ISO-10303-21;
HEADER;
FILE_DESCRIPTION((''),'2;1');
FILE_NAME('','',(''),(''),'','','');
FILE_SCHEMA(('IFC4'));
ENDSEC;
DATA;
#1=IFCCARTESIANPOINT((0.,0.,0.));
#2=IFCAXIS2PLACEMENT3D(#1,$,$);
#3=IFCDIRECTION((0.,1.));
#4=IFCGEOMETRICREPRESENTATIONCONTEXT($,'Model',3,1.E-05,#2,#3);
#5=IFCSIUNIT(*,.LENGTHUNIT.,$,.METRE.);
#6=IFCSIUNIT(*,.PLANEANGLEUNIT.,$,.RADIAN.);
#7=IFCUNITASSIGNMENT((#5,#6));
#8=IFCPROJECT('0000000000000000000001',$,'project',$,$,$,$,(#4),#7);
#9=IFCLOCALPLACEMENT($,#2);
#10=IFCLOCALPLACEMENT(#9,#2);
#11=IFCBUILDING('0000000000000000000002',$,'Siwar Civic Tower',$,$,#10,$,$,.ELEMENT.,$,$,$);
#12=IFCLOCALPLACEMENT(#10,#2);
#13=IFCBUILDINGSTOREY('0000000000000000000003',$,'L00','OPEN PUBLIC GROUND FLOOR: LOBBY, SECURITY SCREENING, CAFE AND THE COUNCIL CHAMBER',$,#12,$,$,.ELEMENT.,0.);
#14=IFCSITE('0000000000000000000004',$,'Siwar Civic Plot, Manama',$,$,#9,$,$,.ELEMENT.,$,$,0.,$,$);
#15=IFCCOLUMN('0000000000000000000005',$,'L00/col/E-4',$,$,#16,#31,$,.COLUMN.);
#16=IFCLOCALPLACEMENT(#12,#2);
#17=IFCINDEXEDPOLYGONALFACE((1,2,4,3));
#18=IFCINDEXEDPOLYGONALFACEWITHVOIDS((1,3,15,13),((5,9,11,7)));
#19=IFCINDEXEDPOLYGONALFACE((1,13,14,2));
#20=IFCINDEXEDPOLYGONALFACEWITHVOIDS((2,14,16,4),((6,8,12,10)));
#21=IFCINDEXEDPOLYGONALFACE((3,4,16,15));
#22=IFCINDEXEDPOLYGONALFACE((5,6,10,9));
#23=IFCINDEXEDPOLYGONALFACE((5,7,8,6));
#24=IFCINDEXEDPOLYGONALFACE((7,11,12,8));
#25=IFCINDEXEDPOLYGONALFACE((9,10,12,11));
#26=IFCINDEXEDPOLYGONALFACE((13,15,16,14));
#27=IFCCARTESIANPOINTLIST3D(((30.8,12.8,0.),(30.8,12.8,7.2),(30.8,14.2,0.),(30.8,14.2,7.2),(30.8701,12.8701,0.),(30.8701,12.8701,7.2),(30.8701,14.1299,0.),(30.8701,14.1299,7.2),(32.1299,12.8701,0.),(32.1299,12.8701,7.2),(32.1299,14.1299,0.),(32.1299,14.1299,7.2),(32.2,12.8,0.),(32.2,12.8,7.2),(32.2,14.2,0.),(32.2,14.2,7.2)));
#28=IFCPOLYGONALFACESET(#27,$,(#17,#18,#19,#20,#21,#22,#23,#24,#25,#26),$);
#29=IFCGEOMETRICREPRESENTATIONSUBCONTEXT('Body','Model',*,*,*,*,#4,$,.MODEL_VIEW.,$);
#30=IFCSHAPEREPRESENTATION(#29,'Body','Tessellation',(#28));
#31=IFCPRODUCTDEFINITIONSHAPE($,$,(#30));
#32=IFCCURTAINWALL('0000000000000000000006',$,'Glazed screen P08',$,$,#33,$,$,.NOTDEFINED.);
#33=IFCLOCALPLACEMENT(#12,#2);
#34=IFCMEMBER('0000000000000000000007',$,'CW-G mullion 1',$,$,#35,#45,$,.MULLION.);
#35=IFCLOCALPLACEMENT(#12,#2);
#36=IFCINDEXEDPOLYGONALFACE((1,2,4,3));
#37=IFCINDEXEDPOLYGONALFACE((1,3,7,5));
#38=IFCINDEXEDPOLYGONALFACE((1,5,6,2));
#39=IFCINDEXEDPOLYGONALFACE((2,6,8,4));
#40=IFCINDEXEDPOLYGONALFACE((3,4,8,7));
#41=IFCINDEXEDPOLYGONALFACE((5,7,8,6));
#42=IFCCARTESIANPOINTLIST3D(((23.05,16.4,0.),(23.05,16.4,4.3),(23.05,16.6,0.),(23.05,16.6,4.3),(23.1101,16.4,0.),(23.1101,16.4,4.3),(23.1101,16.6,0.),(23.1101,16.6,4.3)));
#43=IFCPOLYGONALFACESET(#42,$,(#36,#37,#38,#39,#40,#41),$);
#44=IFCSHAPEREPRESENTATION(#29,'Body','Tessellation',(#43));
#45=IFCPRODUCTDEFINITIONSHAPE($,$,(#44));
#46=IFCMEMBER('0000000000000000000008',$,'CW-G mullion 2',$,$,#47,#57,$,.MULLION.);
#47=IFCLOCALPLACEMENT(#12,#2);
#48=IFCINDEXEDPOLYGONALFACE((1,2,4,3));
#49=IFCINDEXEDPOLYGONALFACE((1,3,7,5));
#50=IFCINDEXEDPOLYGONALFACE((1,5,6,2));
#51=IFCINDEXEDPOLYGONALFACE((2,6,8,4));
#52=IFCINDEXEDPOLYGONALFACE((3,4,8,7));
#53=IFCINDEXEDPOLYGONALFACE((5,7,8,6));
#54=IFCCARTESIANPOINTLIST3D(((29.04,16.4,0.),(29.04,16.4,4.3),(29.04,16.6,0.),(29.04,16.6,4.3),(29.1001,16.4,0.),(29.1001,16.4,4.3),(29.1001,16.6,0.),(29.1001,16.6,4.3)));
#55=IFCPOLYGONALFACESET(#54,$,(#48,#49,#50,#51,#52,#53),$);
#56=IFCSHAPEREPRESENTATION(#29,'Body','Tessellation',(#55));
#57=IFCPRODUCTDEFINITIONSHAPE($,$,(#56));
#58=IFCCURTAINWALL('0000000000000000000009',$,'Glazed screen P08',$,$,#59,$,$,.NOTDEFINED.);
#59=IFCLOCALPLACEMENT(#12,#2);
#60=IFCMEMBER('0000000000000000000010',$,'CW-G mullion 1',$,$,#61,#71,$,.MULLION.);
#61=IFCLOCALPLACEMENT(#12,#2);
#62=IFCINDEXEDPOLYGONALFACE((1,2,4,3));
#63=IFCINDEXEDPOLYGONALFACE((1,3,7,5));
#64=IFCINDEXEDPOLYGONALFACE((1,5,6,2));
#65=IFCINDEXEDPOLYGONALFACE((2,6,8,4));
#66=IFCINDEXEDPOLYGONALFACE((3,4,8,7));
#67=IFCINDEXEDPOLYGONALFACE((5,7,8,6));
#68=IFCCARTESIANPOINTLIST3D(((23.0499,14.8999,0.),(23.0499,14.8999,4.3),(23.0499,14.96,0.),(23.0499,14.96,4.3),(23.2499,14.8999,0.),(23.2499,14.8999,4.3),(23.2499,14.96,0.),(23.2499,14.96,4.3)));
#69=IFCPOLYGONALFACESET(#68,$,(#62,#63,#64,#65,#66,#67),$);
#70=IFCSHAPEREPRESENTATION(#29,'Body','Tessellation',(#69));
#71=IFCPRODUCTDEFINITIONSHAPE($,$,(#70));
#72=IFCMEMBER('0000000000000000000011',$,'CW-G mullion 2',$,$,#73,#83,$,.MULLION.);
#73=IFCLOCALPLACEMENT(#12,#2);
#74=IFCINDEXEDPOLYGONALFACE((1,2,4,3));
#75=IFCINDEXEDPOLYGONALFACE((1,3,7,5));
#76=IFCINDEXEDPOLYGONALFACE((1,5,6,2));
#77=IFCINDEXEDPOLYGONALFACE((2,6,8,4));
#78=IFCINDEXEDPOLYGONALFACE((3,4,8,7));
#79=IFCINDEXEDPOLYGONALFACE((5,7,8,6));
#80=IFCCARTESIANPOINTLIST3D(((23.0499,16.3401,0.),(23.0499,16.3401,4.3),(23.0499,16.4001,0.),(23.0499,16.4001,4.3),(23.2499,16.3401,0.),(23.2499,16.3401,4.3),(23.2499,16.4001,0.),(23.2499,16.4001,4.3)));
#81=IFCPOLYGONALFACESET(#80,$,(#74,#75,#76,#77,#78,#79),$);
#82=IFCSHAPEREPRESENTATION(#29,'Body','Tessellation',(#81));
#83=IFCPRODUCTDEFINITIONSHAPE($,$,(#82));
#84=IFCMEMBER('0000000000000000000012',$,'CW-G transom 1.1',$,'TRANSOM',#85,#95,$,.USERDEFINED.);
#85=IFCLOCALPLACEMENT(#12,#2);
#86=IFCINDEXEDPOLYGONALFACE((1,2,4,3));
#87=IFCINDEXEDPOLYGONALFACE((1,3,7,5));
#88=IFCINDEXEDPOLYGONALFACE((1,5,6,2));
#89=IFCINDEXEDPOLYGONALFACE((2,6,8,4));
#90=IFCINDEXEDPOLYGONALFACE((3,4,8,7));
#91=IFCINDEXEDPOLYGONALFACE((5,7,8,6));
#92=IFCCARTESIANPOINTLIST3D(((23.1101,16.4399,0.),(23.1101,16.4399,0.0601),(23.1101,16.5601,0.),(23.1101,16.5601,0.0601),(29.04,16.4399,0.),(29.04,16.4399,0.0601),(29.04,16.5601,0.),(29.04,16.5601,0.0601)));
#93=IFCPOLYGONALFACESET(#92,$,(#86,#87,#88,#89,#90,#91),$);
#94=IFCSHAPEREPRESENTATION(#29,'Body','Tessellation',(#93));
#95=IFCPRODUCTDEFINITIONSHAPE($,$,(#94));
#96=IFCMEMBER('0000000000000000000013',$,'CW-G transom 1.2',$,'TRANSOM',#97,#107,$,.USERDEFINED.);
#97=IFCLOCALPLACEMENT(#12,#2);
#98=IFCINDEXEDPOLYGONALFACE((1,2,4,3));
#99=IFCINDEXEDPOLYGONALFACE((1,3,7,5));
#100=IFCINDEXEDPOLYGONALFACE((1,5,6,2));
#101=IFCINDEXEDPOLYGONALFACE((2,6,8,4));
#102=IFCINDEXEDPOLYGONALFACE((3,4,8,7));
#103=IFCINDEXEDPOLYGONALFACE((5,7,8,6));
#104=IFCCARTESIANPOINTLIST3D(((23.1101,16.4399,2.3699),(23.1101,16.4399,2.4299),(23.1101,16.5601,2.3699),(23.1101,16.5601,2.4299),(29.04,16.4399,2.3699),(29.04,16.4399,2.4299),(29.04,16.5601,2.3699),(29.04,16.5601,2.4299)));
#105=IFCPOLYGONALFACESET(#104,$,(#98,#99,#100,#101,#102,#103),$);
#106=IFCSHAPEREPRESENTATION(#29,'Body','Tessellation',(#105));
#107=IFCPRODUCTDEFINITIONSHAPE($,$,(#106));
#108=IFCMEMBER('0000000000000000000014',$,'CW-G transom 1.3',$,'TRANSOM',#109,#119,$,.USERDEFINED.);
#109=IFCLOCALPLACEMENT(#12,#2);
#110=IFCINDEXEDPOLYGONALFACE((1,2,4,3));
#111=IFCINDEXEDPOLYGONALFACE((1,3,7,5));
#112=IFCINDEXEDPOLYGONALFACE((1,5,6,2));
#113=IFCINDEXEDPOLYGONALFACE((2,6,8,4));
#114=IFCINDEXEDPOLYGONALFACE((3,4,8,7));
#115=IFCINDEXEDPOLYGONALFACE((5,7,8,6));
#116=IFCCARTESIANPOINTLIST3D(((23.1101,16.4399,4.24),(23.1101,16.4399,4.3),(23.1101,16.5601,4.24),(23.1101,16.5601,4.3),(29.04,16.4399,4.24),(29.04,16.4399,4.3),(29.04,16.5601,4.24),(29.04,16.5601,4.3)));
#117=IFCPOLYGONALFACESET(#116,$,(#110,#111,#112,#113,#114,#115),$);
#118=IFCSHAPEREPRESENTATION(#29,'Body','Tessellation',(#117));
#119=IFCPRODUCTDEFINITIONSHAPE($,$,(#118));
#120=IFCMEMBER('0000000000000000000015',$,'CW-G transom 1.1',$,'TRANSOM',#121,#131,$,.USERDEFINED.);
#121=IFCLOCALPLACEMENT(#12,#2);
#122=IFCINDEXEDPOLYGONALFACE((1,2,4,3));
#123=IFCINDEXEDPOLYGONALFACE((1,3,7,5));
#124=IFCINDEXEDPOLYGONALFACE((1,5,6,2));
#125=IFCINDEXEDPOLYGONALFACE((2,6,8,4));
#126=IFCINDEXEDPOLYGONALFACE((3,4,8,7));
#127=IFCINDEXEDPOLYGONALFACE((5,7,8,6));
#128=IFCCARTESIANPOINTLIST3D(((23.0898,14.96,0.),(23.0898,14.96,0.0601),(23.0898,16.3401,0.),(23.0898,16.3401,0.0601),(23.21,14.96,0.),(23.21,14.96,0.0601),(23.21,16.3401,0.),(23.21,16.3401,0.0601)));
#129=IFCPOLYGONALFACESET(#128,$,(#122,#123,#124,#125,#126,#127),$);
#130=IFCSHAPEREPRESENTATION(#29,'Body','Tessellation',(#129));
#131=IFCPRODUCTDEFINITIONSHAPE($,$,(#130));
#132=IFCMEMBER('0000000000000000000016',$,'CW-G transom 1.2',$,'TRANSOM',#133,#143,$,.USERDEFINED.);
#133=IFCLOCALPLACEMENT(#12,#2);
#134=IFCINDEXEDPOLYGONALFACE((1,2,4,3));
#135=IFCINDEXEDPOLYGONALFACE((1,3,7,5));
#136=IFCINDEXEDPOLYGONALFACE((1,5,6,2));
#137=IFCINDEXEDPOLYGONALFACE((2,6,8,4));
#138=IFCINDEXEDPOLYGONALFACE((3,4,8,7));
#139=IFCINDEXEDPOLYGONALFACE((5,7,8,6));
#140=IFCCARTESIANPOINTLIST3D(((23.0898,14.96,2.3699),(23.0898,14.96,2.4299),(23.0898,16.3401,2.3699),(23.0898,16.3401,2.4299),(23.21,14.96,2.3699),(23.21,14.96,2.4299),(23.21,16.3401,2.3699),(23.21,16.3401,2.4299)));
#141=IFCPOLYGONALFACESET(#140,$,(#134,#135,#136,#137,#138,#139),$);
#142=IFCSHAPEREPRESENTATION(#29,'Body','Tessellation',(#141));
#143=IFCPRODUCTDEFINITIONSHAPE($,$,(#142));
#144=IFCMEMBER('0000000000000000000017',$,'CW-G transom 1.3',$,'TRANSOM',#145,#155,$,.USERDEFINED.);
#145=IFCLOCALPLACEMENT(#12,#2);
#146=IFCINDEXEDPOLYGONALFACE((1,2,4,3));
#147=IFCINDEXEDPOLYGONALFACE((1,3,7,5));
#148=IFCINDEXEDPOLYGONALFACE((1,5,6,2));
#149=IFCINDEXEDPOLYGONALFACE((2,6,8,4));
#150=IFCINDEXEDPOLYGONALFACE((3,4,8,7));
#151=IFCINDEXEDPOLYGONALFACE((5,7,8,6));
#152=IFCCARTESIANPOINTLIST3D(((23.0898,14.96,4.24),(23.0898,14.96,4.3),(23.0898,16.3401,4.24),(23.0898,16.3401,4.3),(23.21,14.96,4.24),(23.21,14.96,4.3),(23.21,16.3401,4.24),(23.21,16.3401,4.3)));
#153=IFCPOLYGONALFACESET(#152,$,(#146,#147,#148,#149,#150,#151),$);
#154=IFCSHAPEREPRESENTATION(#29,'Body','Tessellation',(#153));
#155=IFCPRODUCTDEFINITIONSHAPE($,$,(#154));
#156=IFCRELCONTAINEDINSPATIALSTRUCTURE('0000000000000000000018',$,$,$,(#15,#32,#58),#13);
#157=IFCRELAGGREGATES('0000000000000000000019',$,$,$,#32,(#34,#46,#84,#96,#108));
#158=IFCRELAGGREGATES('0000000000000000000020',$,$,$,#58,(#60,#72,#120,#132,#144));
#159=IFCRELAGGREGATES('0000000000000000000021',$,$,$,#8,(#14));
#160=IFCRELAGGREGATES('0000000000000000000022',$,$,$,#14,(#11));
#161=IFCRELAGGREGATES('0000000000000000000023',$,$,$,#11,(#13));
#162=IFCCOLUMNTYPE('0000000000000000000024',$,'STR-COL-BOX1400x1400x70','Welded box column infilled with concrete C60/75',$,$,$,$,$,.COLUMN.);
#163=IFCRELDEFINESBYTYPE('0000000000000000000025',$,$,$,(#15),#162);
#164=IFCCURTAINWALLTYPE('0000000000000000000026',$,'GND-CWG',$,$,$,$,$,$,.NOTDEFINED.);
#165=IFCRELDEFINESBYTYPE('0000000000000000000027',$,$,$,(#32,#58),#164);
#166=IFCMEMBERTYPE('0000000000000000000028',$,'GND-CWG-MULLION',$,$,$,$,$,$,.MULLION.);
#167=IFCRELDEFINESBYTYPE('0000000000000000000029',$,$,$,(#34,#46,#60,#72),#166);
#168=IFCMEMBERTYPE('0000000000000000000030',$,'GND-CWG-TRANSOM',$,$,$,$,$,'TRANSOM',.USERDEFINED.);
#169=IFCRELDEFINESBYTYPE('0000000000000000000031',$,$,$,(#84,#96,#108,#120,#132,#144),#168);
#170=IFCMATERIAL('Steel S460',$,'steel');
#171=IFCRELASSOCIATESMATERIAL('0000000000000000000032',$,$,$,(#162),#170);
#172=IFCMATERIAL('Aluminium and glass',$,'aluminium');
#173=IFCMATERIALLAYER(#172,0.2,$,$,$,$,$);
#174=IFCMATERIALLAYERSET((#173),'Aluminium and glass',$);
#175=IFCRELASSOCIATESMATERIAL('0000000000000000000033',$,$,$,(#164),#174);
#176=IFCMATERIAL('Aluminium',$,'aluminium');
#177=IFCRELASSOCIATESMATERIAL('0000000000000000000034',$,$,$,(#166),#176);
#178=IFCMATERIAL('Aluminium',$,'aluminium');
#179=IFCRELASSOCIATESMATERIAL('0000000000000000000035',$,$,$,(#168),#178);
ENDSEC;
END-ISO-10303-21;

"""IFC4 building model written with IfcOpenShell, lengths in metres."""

from ifc_helpers import new_model, si_unit, direction, frame, origin, origin_2d, place, context, subcontext, project, spatial, rectangle, hollow_rectangle, extrude, material, layer, layer_set, material_profile, profile_set, type_object, element, aggregate, save


model = new_model("IFC4")

# Units and contexts
model_context = context("Model", 3, precision=1e-05, world=origin(), true_north=direction((0.0, 1.0)))
body_context = subcontext(model_context, "Body", "Model", "MODEL_VIEW")
ifc_project = project(units=[si_unit("LENGTHUNIT", "METRE"), si_unit("PLANEANGLEUNIT", "RADIAN")], contexts=[model_context])

# Site, building, storey
site_placement = place(None, origin())
site = spatial("IfcSite", under=ifc_project, at=site_placement, Name="Siwar Civic Plot, Manama", CompositionType="ELEMENT", RefElevation=0.0)
building_placement = place(site_placement, origin())
building = spatial("IfcBuilding", under=site, at=building_placement, Name="Siwar Civic Tower", CompositionType="ELEMENT")
storey_placement = place(building_placement, origin())
storey = spatial("IfcBuildingStorey", under=building, at=storey_placement, Name="L00", Description="OPEN PUBLIC GROUND FLOOR: LOBBY, SECURITY SCREENING, CAFE AND THE COUNCIL CHAMBER", CompositionType="ELEMENT", Elevation=0.0)

# Column
ifc_material_1 = material(Name="Steel S460", Category="steel")
ifc_material_profile_1 = material_profile(ifc_material_1, hollow_rectangle(XDim=1.3999, YDim=1.3999, WallThickness=0.0701, at=origin_2d()), Name="BOX1400x1400x70")
ifc_profile_set_1 = profile_set([ifc_material_profile_1], Name="Steel S460")
column_type = type_object("IfcColumnType", Name="STR-COL-BOX1400x1400x70", Description="Welded box column infilled with concrete C60/75", PredefinedType="COLUMN", material=ifc_profile_set_1)
column_placement = place(storey_placement, frame((31.5, 13.5, 0.0), z_axis=(0.0, 0.0, 1.0), x_axis=(1.0, 0.0, 0.0)))
element("IfcColumn", 1, at=column_placement, inside=storey, type_object=column_type, Name="L00/col/E-4", PredefinedType="COLUMN", context=body_context, shape_type="SweptSolid", body=[
    extrude(hollow_rectangle(XDim=1.3999, YDim=1.3999, WallThickness=0.0701, at=origin_2d()), origin(), (0.0, 0.0, 1.0), 7.2),
])

# Curtain walls, members
ifc_material_2 = material(Name="Aluminium and glass", Category="aluminium")
ifc_layer_1 = layer(ifc_material_2, 0.2)
ifc_layer_set_1 = layer_set([ifc_layer_1], Name="Aluminium and glass")
curtain_wall_type = type_object("IfcCurtainWallType", Name="GND-CWG", PredefinedType="NOTDEFINED", material=ifc_layer_set_1)
curtain_wall_1_placement = place(storey_placement, origin())
curtain_wall_1 = element("IfcCurtainWall", 2, at=curtain_wall_1_placement, inside=storey, type_object=curtain_wall_type, Name="Glazed screen P08", PredefinedType="NOTDEFINED")
ifc_material_3 = material(Name="Aluminium", Category="aluminium")
ifc_material_profile_2 = material_profile(ifc_material_3, rectangle(XDim=0.2, YDim=0.0601, at=origin_2d()), Name="AL 200x60")
ifc_profile_set_2 = profile_set([ifc_material_profile_2], Name="Aluminium")
member_type_1 = type_object("IfcMemberType", Name="GND-CWG-MULLION", PredefinedType="MULLION", material=ifc_profile_set_2)
member_1_placement = place(storey_placement, frame((23.0801, 16.5, 0.0), z_axis=(0.0, 0.0, 1.0), x_axis=(0.0, 1.0, 0.0)))
member_1 = element("IfcMember", 3, at=member_1_placement, type_object=member_type_1, Name="CW-G mullion 1", PredefinedType="MULLION", context=body_context, shape_type="SweptSolid", body=[
    extrude(rectangle(XDim=0.2, YDim=0.0601, at=origin_2d()), origin(), (0.0, 0.0, 1.0), 4.3),
])
member_2_placement = place(storey_placement, frame((29.0701, 16.5, 0.0), z_axis=(0.0, 0.0, 1.0), x_axis=(0.0, 1.0, 0.0)))
member_2 = element("IfcMember", 4, at=member_2_placement, type_object=member_type_1, Name="CW-G mullion 2", PredefinedType="MULLION", context=body_context, shape_type="SweptSolid", body=[
    extrude(rectangle(XDim=0.2, YDim=0.0601, at=origin_2d()), origin(), (0.0, 0.0, 1.0), 4.3),
])
curtain_wall_2_placement = place(storey_placement, origin())
curtain_wall_2 = element("IfcCurtainWall", 5, at=curtain_wall_2_placement, inside=storey, type_object=curtain_wall_type, Name="Glazed screen P08", PredefinedType="NOTDEFINED")
member_3_placement = place(storey_placement, frame((23.1499, 14.9299, 0.0), z_axis=(0.0, 0.0, 1.0), x_axis=(-1.0, 0.0, 0.0)))
member_3 = element("IfcMember", 6, at=member_3_placement, type_object=member_type_1, Name="CW-G mullion 1", PredefinedType="MULLION", context=body_context, shape_type="SweptSolid", body=[
    extrude(rectangle(XDim=0.2, YDim=0.0601, at=origin_2d()), origin(), (0.0, 0.0, 1.0), 4.3),
])
member_4_placement = place(storey_placement, frame((23.1499, 16.3701, 0.0), z_axis=(0.0, 0.0, 1.0), x_axis=(-1.0, 0.0, 0.0)))
member_4 = element("IfcMember", 7, at=member_4_placement, type_object=member_type_1, Name="CW-G mullion 2", PredefinedType="MULLION", context=body_context, shape_type="SweptSolid", body=[
    extrude(rectangle(XDim=0.2, YDim=0.0601, at=origin_2d()), origin(), (0.0, 0.0, 1.0), 4.3),
])

# Members
ifc_material_4 = material(Name="Aluminium", Category="aluminium")
ifc_material_profile_3 = material_profile(ifc_material_4, rectangle(XDim=0.1201, YDim=0.0601, at=origin_2d()), Name="AL 120x60")
ifc_profile_set_3 = profile_set([ifc_material_profile_3], Name="Aluminium")
member_type_2 = type_object("IfcMemberType", Name="GND-CWG-TRANSOM", ElementType="TRANSOM", PredefinedType="USERDEFINED", material=ifc_profile_set_3)
member_5_placement = place(storey_placement, frame((23.1101, 16.5, 0.03), z_axis=(1.0, 0.0, 0.0), x_axis=(0.0, 1.0, 0.0)))
member_5 = element("IfcMember", 8, at=member_5_placement, type_object=member_type_2, Name="CW-G transom 1.1", ObjectType="TRANSOM", PredefinedType="USERDEFINED", context=body_context, shape_type="SweptSolid", body=[
    extrude(rectangle(XDim=0.1201, YDim=0.0601, at=origin_2d()), origin(), (0.0, 0.0, 1.0), 5.9299),
])
member_6_placement = place(storey_placement, frame((23.1101, 16.5, 2.3999), z_axis=(1.0, 0.0, 0.0), x_axis=(0.0, 1.0, 0.0)))
member_6 = element("IfcMember", 9, at=member_6_placement, type_object=member_type_2, Name="CW-G transom 1.2", ObjectType="TRANSOM", PredefinedType="USERDEFINED", context=body_context, shape_type="SweptSolid", body=[
    extrude(rectangle(XDim=0.1201, YDim=0.0601, at=origin_2d()), origin(), (0.0, 0.0, 1.0), 5.9299),
])
member_7_placement = place(storey_placement, frame((23.1101, 16.5, 4.27), z_axis=(1.0, 0.0, 0.0), x_axis=(0.0, 1.0, 0.0)))
member_7 = element("IfcMember", 10, at=member_7_placement, type_object=member_type_2, Name="CW-G transom 1.3", ObjectType="TRANSOM", PredefinedType="USERDEFINED", context=body_context, shape_type="SweptSolid", body=[
    extrude(rectangle(XDim=0.1201, YDim=0.0601, at=origin_2d()), origin(), (0.0, 0.0, 1.0), 5.9299),
])
member_8_placement = place(storey_placement, frame((23.1499, 14.96, 0.03), z_axis=(0.0, 1.0, 0.0), x_axis=(-1.0, 0.0, 0.0)))
member_8 = element("IfcMember", 11, at=member_8_placement, type_object=member_type_2, Name="CW-G transom 1.1", ObjectType="TRANSOM", PredefinedType="USERDEFINED", context=body_context, shape_type="SweptSolid", body=[
    extrude(rectangle(XDim=0.1201, YDim=0.0601, at=origin_2d()), origin(), (0.0, 0.0, 1.0), 1.3801),
])
member_9_placement = place(storey_placement, frame((23.1499, 14.96, 2.3999), z_axis=(0.0, 1.0, 0.0), x_axis=(-1.0, 0.0, 0.0)))
member_9 = element("IfcMember", 12, at=member_9_placement, type_object=member_type_2, Name="CW-G transom 1.2", ObjectType="TRANSOM", PredefinedType="USERDEFINED", context=body_context, shape_type="SweptSolid", body=[
    extrude(rectangle(XDim=0.1201, YDim=0.0601, at=origin_2d()), origin(), (0.0, 0.0, 1.0), 1.3801),
])
member_10_placement = place(storey_placement, frame((23.1499, 14.96, 4.27), z_axis=(0.0, 1.0, 0.0), x_axis=(-1.0, 0.0, 0.0)))
member_10 = element("IfcMember", 13, at=member_10_placement, type_object=member_type_2, Name="CW-G transom 1.3", ObjectType="TRANSOM", PredefinedType="USERDEFINED", context=body_context, shape_type="SweptSolid", body=[
    extrude(rectangle(XDim=0.1201, YDim=0.0601, at=origin_2d()), origin(), (0.0, 0.0, 1.0), 1.3801),
])

aggregate(curtain_wall_1, [member_1, member_2, member_5, member_6, member_7])
aggregate(curtain_wall_2, [member_3, member_4, member_8, member_9, member_10])

save(model, "model.ifc")
